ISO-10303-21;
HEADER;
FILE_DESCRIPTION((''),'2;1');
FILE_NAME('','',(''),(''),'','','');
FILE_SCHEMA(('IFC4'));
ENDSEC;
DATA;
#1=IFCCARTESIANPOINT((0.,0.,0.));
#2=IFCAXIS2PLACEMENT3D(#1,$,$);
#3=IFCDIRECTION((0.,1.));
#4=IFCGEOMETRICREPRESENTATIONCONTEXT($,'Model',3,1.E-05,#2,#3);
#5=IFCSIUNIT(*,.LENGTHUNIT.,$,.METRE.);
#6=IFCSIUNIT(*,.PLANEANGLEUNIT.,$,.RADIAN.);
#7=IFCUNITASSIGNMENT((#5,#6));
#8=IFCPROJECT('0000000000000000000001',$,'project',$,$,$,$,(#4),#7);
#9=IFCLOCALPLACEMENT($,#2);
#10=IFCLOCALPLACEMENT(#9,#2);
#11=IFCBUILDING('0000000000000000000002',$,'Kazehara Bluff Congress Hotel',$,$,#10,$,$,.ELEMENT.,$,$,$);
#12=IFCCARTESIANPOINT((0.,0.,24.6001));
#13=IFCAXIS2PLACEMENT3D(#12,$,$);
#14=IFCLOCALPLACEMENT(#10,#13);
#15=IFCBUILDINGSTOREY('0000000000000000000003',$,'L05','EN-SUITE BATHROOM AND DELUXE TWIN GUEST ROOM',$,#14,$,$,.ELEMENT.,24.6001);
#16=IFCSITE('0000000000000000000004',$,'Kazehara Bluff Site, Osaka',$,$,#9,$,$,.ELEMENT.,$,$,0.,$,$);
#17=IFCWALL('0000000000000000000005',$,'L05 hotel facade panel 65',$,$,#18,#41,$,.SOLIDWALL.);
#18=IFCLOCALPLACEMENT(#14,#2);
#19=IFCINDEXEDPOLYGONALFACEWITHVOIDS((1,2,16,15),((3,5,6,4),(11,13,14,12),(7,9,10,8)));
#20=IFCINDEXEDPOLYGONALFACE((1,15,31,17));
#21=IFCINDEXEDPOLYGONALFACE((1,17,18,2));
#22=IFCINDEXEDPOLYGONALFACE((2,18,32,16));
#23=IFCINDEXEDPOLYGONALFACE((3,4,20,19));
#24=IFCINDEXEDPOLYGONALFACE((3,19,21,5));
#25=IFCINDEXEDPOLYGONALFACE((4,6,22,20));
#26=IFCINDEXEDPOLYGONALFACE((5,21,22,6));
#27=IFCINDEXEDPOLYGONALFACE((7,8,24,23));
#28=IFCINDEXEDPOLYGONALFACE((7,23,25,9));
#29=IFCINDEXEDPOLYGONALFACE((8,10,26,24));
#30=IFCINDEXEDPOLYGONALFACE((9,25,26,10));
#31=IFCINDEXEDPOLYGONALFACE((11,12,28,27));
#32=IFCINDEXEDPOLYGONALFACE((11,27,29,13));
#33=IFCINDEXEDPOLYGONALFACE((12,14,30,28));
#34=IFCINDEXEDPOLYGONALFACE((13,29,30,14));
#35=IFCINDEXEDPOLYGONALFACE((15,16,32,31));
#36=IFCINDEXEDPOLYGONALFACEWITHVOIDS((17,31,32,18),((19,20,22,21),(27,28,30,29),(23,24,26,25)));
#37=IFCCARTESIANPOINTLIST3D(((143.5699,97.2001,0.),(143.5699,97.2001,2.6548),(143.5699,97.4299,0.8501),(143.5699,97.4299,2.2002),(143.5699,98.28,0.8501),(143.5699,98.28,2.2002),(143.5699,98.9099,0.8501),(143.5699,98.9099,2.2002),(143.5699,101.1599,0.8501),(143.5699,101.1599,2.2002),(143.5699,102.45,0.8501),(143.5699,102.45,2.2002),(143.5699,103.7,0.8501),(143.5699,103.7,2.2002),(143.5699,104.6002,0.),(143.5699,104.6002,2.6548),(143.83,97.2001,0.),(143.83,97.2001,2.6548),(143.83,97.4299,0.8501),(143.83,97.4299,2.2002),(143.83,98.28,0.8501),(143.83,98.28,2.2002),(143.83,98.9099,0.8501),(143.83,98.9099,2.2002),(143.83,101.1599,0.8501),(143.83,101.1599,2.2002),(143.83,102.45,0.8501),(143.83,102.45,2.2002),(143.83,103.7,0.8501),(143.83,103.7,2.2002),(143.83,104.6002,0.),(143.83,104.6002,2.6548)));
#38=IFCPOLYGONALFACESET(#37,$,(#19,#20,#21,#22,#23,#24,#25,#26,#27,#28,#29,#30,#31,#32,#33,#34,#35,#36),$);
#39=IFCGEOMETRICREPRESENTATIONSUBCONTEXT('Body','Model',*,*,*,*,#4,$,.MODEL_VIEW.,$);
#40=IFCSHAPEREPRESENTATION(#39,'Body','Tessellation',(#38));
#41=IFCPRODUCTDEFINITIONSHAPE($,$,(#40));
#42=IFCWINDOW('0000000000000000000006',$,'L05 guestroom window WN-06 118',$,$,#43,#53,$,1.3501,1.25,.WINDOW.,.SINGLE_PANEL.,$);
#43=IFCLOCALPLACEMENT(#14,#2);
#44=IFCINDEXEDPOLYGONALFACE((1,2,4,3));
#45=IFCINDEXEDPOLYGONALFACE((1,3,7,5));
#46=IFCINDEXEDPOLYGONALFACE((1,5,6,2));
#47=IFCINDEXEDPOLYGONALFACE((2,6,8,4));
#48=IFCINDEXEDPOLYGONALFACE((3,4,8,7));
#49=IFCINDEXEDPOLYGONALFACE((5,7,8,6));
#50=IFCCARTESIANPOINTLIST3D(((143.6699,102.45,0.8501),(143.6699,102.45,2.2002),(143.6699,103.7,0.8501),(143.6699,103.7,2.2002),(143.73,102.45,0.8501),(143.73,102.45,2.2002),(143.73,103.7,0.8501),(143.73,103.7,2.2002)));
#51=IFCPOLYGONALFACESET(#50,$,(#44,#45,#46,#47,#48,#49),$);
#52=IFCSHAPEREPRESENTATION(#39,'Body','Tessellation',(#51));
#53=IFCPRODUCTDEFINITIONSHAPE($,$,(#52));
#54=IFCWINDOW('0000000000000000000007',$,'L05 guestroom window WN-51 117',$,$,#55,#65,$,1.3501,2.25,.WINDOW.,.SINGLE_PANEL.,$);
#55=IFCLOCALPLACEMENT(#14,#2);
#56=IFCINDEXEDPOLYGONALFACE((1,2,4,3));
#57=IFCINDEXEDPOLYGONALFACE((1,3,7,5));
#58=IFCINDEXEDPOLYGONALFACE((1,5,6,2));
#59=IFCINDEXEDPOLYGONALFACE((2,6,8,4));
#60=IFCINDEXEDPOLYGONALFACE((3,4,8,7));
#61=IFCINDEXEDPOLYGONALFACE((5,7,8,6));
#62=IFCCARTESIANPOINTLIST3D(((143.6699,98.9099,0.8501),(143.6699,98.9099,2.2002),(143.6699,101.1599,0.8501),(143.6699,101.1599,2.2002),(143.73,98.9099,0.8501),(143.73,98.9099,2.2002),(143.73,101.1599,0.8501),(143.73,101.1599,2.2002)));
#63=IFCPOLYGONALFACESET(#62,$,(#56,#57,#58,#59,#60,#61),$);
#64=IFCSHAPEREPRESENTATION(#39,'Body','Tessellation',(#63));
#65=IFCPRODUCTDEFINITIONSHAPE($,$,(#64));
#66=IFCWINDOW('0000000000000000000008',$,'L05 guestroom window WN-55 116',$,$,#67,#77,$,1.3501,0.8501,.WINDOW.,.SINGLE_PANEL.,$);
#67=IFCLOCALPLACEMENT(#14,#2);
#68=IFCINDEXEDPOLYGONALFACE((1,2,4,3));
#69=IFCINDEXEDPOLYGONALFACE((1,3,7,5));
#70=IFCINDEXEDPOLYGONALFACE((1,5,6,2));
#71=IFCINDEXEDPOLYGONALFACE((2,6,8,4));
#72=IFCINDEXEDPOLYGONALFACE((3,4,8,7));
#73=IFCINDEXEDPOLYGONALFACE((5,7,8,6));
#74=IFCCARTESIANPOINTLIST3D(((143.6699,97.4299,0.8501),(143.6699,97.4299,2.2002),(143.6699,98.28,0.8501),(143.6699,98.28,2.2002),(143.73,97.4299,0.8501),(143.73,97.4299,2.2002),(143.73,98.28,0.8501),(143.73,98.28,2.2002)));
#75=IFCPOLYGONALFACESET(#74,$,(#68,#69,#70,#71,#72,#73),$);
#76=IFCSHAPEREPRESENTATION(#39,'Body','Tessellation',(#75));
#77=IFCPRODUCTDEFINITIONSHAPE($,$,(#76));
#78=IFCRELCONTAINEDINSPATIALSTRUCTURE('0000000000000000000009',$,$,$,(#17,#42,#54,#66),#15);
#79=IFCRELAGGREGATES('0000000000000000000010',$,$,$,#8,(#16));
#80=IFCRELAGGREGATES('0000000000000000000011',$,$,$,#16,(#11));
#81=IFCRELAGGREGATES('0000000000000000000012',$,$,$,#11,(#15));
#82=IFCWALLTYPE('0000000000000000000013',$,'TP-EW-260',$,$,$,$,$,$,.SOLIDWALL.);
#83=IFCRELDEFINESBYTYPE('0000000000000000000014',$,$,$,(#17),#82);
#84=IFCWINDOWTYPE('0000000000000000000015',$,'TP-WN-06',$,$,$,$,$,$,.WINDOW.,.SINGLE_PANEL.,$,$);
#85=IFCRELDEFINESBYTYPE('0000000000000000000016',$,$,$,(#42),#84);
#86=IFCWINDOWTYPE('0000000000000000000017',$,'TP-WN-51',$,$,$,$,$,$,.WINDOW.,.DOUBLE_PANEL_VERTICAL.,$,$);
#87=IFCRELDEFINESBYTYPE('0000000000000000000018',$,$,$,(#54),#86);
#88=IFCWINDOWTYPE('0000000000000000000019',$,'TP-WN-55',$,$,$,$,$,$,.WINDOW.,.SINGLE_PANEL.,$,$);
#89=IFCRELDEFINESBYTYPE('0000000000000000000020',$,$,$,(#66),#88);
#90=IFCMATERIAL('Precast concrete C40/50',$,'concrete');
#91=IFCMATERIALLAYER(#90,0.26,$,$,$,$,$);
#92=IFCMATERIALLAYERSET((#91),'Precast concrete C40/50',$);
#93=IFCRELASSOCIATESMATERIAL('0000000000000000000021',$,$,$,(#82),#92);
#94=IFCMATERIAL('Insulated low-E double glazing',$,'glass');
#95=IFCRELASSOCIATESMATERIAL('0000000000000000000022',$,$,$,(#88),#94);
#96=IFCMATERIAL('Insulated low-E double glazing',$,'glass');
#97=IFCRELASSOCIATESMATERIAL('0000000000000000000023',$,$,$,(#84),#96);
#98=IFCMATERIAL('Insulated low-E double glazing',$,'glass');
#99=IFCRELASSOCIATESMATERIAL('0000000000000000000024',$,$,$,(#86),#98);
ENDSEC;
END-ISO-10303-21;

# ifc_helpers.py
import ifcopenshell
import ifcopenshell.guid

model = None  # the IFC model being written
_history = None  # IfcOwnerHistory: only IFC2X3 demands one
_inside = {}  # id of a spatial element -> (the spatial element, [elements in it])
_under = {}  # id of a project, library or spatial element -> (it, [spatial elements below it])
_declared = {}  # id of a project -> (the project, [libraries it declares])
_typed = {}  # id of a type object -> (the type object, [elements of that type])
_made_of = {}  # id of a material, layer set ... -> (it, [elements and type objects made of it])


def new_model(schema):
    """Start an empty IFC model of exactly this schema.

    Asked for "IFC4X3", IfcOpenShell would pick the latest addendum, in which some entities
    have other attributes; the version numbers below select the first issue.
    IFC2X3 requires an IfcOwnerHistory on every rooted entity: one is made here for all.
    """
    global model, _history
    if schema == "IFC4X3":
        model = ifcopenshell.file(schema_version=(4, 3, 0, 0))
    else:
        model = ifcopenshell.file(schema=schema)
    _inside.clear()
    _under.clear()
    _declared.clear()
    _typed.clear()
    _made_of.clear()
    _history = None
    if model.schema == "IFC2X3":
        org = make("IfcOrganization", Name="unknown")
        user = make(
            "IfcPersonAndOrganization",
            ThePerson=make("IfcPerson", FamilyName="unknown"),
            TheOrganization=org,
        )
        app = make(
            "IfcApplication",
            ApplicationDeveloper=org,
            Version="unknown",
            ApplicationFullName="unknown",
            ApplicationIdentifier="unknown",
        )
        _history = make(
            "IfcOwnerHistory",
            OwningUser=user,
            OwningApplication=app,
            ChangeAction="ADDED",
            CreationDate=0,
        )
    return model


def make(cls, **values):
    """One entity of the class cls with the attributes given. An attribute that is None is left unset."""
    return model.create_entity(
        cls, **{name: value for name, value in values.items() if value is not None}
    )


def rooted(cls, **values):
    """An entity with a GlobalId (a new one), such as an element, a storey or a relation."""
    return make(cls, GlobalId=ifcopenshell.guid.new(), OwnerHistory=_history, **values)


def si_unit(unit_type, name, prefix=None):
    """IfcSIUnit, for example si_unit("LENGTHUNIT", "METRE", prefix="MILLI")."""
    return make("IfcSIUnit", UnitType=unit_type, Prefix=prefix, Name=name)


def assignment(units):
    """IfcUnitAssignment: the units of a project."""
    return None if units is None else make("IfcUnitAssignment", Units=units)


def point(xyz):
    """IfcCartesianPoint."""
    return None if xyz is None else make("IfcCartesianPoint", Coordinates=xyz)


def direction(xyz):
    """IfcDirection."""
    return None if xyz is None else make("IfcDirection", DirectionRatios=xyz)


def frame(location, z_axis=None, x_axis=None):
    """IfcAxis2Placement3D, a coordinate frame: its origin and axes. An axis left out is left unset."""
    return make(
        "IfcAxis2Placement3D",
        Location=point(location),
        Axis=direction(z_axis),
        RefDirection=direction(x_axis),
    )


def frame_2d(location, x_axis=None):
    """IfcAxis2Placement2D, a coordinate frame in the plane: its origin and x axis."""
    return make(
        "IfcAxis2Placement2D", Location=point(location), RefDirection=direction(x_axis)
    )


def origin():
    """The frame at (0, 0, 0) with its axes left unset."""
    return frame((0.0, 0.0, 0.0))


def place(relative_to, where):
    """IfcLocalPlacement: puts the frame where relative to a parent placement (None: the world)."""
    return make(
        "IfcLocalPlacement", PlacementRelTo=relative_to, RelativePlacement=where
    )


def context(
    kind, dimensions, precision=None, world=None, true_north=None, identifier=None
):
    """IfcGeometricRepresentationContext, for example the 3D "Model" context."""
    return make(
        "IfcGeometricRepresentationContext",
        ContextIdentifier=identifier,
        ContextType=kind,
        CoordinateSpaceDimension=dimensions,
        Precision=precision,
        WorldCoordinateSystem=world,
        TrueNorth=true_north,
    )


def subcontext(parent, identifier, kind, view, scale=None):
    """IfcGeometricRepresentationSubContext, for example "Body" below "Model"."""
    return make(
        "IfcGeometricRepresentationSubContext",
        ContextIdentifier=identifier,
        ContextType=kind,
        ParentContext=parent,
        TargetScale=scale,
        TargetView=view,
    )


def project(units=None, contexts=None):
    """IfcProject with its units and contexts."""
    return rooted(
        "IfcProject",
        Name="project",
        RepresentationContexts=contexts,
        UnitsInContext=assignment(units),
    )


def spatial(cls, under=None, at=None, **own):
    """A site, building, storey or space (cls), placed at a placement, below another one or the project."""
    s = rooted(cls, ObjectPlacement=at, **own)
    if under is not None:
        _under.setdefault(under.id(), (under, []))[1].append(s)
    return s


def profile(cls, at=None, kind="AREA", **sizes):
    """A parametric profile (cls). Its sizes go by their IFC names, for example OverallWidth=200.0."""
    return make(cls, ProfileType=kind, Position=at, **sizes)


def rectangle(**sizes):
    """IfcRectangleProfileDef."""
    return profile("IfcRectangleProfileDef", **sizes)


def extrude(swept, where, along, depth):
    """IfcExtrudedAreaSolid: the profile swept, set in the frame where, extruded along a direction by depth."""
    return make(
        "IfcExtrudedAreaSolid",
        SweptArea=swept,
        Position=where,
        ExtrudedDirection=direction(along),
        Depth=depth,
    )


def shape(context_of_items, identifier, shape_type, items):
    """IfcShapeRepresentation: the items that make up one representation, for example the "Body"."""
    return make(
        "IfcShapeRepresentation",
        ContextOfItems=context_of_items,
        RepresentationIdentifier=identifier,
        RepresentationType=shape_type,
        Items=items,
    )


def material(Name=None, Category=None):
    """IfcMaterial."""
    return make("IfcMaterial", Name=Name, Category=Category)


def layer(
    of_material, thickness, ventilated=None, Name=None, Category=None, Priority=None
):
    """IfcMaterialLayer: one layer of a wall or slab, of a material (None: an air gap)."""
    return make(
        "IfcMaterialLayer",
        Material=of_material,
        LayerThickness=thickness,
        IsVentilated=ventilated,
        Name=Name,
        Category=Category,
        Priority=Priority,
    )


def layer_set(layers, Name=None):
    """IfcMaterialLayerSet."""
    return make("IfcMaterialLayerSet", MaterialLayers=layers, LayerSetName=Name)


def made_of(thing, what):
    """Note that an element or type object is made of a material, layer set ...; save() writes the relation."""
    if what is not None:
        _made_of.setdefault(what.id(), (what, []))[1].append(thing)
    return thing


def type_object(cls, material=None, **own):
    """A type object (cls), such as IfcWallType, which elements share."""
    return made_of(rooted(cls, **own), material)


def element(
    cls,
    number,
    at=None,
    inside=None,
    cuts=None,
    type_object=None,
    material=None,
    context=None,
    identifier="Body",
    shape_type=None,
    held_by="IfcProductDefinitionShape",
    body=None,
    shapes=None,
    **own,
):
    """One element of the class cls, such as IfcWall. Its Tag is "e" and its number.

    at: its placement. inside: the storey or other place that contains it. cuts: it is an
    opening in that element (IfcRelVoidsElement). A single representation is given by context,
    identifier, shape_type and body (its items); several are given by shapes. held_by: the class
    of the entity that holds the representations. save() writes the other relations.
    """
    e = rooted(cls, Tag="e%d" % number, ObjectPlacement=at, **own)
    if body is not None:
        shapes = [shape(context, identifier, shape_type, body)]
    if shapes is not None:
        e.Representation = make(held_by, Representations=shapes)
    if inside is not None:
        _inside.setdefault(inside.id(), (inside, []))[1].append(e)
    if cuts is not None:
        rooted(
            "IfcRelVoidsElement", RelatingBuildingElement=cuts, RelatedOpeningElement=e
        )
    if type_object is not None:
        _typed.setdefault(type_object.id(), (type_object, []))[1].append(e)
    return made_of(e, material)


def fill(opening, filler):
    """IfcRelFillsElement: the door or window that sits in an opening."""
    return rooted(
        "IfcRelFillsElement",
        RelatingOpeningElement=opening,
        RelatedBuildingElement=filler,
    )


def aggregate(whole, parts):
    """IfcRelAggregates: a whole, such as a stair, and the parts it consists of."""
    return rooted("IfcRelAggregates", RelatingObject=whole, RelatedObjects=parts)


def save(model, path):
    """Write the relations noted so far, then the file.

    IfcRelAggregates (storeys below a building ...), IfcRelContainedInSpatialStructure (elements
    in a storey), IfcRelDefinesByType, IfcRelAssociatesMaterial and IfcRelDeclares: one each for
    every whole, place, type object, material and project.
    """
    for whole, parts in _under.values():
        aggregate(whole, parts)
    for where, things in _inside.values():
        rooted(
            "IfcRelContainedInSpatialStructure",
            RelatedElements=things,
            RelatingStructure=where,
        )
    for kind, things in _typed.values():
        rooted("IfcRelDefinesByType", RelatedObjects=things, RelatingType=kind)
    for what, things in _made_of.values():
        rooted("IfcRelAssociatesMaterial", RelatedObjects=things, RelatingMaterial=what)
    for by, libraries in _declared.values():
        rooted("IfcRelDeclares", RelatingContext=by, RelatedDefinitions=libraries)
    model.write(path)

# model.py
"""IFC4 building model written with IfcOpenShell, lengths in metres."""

from ifc_helpers import new_model, si_unit, direction, frame, frame_2d, origin, place, context, subcontext, project, spatial, rectangle, extrude, material, layer, layer_set, type_object, element, fill, save


model = new_model("IFC4")

# Units and contexts
model_context = context("Model", 3, precision=1e-05, world=origin(), true_north=direction((0.0, 1.0)))
body_context = subcontext(model_context, "Body", "Model", "MODEL_VIEW")
ifc_project = project(units=[si_unit("LENGTHUNIT", "METRE"), si_unit("PLANEANGLEUNIT", "RADIAN")], contexts=[model_context])

# Site, building, storey
site_placement = place(None, origin())
site = spatial("IfcSite", under=ifc_project, at=site_placement, Name="Kazehara Bluff Site, Osaka", CompositionType="ELEMENT", RefElevation=0.0)
building_placement = place(site_placement, origin())
building = spatial("IfcBuilding", under=site, at=building_placement, Name="Kazehara Bluff Congress Hotel", CompositionType="ELEMENT")
storey_placement = place(building_placement, frame((0.0, 0.0, 24.6001)))
storey = spatial("IfcBuildingStorey", under=building, at=storey_placement, Name="L05", Description="EN-SUITE BATHROOM AND DELUXE TWIN GUEST ROOM", CompositionType="ELEMENT", Elevation=24.6001)

# Shared definitions
ifc_material_1 = material(Name="Precast concrete C40/50", Category="concrete")
ifc_layer = layer(ifc_material_1, 0.26)
ifc_layer_set = layer_set([ifc_layer], Name="Precast concrete C40/50")
wall_type = type_object("IfcWallType", Name="TP-EW-260", PredefinedType="SOLIDWALL", material=ifc_layer_set)

# Wall, openings, windows
ifc_material_2 = material(Name="Insulated low-E double glazing", Category="glass")
window_type_1 = type_object("IfcWindowType", Name="TP-WN-55", PartitioningType="SINGLE_PANEL", PredefinedType="WINDOW", material=ifc_material_2)
wall_1_placement = place(storey_placement, frame((143.7, 97.2, 0.0), z_axis=(0.0, 0.0, 1.0), x_axis=(0.0, 1.0, 0.0)))
wall_1 = element("IfcWall", 1, at=wall_1_placement, inside=storey, type_object=wall_type, Name="L05 hotel facade panel 65", PredefinedType="SOLIDWALL", context=body_context, shape_type="SweptSolid", body=[
    extrude(rectangle(XDim=7.4001, YDim=0.26, at=frame_2d((3.7002, 0.0))), origin(), (0.0, 0.0, 1.0), 2.6548),
])
opening_1_placement = place(wall_1_placement, frame((0.23, 0.0, 0.8501)))
opening_1 = element("IfcOpeningElement", 2, at=opening_1_placement, cuts=wall_1, PredefinedType="OPENING", context=body_context, shape_type="SweptSolid", body=[
    extrude(rectangle(XDim=0.8501, YDim=1.3501, at=frame_2d((0.425, 0.675))), frame((0.0, 0.1399, 0.0), z_axis=(0.0, -1.0, 0.0), x_axis=(1.0, 0.0, 0.0)), (0.0, 0.0, 1.0), 0.28),
])
opening_2_placement = place(wall_1_placement, frame((1.71, 0.0, 0.8501)))
opening_2 = element("IfcOpeningElement", 3, at=opening_2_placement, cuts=wall_1, PredefinedType="OPENING", context=body_context, shape_type="SweptSolid", body=[
    extrude(rectangle(XDim=2.25, YDim=1.3501, at=frame_2d((1.125, 0.675))), frame((0.0, 0.1399, 0.0), z_axis=(0.0, -1.0, 0.0), x_axis=(1.0, 0.0, 0.0)), (0.0, 0.0, 1.0), 0.28),
])
opening_3_placement = place(wall_1_placement, frame((5.25, 0.0, 0.8501)))
opening_3 = element("IfcOpeningElement", 4, at=opening_3_placement, cuts=wall_1, PredefinedType="OPENING", context=body_context, shape_type="SweptSolid", body=[
    extrude(rectangle(XDim=1.25, YDim=1.3501, at=frame_2d((0.625, 0.675))), frame((0.0, 0.1399, 0.0), z_axis=(0.0, -1.0, 0.0), x_axis=(1.0, 0.0, 0.0)), (0.0, 0.0, 1.0), 0.28),
])
ifc_material_3 = material(Name="Insulated low-E double glazing", Category="glass")
window_type_2 = type_object("IfcWindowType", Name="TP-WN-06", PartitioningType="SINGLE_PANEL", PredefinedType="WINDOW", material=ifc_material_3)
window_1_placement = place(opening_3_placement, origin())
window_1 = element("IfcWindow", 5, at=window_1_placement, inside=storey, type_object=window_type_2, Name="L05 guestroom window WN-06 118", OverallHeight=1.3501, OverallWidth=1.25, PartitioningType="SINGLE_PANEL", PredefinedType="WINDOW", context=body_context, shape_type="SweptSolid", body=[
    extrude(rectangle(XDim=1.25, YDim=1.3501, at=frame_2d((0.625, 0.675))), frame((0.0, 0.03, 0.0), z_axis=(0.0, -1.0, 0.0), x_axis=(1.0, 0.0, 0.0)), (0.0, 0.0, 1.0), 0.0601),
])
fill(opening_3, window_1)
ifc_material_4 = material(Name="Insulated low-E double glazing", Category="glass")
window_type_3 = type_object("IfcWindowType", Name="TP-WN-51", PartitioningType="DOUBLE_PANEL_VERTICAL", PredefinedType="WINDOW", material=ifc_material_4)
window_2_placement = place(opening_2_placement, origin())
window_2 = element("IfcWindow", 6, at=window_2_placement, inside=storey, type_object=window_type_3, Name="L05 guestroom window WN-51 117", OverallHeight=1.3501, OverallWidth=2.25, PartitioningType="SINGLE_PANEL", PredefinedType="WINDOW", context=body_context, shape_type="SweptSolid", body=[
    extrude(rectangle(XDim=2.25, YDim=1.3501, at=frame_2d((1.125, 0.675))), frame((0.0, 0.03, 0.0), z_axis=(0.0, -1.0, 0.0), x_axis=(1.0, 0.0, 0.0)), (0.0, 0.0, 1.0), 0.0601),
])
fill(opening_2, window_2)
window_3_placement = place(opening_1_placement, origin())
window_3 = element("IfcWindow", 7, at=window_3_placement, inside=storey, type_object=window_type_1, Name="L05 guestroom window WN-55 116", OverallHeight=1.3501, OverallWidth=0.8501, PartitioningType="SINGLE_PANEL", PredefinedType="WINDOW", context=body_context, shape_type="SweptSolid", body=[
    extrude(rectangle(XDim=0.8501, YDim=1.3501, at=frame_2d((0.425, 0.675))), frame((0.0, 0.03, 0.0), z_axis=(0.0, -1.0, 0.0), x_axis=(1.0, 0.0, 0.0)), (0.0, 0.0, 1.0), 0.0601),
])
fill(opening_1, window_3)

save(model, "model.ifc")
